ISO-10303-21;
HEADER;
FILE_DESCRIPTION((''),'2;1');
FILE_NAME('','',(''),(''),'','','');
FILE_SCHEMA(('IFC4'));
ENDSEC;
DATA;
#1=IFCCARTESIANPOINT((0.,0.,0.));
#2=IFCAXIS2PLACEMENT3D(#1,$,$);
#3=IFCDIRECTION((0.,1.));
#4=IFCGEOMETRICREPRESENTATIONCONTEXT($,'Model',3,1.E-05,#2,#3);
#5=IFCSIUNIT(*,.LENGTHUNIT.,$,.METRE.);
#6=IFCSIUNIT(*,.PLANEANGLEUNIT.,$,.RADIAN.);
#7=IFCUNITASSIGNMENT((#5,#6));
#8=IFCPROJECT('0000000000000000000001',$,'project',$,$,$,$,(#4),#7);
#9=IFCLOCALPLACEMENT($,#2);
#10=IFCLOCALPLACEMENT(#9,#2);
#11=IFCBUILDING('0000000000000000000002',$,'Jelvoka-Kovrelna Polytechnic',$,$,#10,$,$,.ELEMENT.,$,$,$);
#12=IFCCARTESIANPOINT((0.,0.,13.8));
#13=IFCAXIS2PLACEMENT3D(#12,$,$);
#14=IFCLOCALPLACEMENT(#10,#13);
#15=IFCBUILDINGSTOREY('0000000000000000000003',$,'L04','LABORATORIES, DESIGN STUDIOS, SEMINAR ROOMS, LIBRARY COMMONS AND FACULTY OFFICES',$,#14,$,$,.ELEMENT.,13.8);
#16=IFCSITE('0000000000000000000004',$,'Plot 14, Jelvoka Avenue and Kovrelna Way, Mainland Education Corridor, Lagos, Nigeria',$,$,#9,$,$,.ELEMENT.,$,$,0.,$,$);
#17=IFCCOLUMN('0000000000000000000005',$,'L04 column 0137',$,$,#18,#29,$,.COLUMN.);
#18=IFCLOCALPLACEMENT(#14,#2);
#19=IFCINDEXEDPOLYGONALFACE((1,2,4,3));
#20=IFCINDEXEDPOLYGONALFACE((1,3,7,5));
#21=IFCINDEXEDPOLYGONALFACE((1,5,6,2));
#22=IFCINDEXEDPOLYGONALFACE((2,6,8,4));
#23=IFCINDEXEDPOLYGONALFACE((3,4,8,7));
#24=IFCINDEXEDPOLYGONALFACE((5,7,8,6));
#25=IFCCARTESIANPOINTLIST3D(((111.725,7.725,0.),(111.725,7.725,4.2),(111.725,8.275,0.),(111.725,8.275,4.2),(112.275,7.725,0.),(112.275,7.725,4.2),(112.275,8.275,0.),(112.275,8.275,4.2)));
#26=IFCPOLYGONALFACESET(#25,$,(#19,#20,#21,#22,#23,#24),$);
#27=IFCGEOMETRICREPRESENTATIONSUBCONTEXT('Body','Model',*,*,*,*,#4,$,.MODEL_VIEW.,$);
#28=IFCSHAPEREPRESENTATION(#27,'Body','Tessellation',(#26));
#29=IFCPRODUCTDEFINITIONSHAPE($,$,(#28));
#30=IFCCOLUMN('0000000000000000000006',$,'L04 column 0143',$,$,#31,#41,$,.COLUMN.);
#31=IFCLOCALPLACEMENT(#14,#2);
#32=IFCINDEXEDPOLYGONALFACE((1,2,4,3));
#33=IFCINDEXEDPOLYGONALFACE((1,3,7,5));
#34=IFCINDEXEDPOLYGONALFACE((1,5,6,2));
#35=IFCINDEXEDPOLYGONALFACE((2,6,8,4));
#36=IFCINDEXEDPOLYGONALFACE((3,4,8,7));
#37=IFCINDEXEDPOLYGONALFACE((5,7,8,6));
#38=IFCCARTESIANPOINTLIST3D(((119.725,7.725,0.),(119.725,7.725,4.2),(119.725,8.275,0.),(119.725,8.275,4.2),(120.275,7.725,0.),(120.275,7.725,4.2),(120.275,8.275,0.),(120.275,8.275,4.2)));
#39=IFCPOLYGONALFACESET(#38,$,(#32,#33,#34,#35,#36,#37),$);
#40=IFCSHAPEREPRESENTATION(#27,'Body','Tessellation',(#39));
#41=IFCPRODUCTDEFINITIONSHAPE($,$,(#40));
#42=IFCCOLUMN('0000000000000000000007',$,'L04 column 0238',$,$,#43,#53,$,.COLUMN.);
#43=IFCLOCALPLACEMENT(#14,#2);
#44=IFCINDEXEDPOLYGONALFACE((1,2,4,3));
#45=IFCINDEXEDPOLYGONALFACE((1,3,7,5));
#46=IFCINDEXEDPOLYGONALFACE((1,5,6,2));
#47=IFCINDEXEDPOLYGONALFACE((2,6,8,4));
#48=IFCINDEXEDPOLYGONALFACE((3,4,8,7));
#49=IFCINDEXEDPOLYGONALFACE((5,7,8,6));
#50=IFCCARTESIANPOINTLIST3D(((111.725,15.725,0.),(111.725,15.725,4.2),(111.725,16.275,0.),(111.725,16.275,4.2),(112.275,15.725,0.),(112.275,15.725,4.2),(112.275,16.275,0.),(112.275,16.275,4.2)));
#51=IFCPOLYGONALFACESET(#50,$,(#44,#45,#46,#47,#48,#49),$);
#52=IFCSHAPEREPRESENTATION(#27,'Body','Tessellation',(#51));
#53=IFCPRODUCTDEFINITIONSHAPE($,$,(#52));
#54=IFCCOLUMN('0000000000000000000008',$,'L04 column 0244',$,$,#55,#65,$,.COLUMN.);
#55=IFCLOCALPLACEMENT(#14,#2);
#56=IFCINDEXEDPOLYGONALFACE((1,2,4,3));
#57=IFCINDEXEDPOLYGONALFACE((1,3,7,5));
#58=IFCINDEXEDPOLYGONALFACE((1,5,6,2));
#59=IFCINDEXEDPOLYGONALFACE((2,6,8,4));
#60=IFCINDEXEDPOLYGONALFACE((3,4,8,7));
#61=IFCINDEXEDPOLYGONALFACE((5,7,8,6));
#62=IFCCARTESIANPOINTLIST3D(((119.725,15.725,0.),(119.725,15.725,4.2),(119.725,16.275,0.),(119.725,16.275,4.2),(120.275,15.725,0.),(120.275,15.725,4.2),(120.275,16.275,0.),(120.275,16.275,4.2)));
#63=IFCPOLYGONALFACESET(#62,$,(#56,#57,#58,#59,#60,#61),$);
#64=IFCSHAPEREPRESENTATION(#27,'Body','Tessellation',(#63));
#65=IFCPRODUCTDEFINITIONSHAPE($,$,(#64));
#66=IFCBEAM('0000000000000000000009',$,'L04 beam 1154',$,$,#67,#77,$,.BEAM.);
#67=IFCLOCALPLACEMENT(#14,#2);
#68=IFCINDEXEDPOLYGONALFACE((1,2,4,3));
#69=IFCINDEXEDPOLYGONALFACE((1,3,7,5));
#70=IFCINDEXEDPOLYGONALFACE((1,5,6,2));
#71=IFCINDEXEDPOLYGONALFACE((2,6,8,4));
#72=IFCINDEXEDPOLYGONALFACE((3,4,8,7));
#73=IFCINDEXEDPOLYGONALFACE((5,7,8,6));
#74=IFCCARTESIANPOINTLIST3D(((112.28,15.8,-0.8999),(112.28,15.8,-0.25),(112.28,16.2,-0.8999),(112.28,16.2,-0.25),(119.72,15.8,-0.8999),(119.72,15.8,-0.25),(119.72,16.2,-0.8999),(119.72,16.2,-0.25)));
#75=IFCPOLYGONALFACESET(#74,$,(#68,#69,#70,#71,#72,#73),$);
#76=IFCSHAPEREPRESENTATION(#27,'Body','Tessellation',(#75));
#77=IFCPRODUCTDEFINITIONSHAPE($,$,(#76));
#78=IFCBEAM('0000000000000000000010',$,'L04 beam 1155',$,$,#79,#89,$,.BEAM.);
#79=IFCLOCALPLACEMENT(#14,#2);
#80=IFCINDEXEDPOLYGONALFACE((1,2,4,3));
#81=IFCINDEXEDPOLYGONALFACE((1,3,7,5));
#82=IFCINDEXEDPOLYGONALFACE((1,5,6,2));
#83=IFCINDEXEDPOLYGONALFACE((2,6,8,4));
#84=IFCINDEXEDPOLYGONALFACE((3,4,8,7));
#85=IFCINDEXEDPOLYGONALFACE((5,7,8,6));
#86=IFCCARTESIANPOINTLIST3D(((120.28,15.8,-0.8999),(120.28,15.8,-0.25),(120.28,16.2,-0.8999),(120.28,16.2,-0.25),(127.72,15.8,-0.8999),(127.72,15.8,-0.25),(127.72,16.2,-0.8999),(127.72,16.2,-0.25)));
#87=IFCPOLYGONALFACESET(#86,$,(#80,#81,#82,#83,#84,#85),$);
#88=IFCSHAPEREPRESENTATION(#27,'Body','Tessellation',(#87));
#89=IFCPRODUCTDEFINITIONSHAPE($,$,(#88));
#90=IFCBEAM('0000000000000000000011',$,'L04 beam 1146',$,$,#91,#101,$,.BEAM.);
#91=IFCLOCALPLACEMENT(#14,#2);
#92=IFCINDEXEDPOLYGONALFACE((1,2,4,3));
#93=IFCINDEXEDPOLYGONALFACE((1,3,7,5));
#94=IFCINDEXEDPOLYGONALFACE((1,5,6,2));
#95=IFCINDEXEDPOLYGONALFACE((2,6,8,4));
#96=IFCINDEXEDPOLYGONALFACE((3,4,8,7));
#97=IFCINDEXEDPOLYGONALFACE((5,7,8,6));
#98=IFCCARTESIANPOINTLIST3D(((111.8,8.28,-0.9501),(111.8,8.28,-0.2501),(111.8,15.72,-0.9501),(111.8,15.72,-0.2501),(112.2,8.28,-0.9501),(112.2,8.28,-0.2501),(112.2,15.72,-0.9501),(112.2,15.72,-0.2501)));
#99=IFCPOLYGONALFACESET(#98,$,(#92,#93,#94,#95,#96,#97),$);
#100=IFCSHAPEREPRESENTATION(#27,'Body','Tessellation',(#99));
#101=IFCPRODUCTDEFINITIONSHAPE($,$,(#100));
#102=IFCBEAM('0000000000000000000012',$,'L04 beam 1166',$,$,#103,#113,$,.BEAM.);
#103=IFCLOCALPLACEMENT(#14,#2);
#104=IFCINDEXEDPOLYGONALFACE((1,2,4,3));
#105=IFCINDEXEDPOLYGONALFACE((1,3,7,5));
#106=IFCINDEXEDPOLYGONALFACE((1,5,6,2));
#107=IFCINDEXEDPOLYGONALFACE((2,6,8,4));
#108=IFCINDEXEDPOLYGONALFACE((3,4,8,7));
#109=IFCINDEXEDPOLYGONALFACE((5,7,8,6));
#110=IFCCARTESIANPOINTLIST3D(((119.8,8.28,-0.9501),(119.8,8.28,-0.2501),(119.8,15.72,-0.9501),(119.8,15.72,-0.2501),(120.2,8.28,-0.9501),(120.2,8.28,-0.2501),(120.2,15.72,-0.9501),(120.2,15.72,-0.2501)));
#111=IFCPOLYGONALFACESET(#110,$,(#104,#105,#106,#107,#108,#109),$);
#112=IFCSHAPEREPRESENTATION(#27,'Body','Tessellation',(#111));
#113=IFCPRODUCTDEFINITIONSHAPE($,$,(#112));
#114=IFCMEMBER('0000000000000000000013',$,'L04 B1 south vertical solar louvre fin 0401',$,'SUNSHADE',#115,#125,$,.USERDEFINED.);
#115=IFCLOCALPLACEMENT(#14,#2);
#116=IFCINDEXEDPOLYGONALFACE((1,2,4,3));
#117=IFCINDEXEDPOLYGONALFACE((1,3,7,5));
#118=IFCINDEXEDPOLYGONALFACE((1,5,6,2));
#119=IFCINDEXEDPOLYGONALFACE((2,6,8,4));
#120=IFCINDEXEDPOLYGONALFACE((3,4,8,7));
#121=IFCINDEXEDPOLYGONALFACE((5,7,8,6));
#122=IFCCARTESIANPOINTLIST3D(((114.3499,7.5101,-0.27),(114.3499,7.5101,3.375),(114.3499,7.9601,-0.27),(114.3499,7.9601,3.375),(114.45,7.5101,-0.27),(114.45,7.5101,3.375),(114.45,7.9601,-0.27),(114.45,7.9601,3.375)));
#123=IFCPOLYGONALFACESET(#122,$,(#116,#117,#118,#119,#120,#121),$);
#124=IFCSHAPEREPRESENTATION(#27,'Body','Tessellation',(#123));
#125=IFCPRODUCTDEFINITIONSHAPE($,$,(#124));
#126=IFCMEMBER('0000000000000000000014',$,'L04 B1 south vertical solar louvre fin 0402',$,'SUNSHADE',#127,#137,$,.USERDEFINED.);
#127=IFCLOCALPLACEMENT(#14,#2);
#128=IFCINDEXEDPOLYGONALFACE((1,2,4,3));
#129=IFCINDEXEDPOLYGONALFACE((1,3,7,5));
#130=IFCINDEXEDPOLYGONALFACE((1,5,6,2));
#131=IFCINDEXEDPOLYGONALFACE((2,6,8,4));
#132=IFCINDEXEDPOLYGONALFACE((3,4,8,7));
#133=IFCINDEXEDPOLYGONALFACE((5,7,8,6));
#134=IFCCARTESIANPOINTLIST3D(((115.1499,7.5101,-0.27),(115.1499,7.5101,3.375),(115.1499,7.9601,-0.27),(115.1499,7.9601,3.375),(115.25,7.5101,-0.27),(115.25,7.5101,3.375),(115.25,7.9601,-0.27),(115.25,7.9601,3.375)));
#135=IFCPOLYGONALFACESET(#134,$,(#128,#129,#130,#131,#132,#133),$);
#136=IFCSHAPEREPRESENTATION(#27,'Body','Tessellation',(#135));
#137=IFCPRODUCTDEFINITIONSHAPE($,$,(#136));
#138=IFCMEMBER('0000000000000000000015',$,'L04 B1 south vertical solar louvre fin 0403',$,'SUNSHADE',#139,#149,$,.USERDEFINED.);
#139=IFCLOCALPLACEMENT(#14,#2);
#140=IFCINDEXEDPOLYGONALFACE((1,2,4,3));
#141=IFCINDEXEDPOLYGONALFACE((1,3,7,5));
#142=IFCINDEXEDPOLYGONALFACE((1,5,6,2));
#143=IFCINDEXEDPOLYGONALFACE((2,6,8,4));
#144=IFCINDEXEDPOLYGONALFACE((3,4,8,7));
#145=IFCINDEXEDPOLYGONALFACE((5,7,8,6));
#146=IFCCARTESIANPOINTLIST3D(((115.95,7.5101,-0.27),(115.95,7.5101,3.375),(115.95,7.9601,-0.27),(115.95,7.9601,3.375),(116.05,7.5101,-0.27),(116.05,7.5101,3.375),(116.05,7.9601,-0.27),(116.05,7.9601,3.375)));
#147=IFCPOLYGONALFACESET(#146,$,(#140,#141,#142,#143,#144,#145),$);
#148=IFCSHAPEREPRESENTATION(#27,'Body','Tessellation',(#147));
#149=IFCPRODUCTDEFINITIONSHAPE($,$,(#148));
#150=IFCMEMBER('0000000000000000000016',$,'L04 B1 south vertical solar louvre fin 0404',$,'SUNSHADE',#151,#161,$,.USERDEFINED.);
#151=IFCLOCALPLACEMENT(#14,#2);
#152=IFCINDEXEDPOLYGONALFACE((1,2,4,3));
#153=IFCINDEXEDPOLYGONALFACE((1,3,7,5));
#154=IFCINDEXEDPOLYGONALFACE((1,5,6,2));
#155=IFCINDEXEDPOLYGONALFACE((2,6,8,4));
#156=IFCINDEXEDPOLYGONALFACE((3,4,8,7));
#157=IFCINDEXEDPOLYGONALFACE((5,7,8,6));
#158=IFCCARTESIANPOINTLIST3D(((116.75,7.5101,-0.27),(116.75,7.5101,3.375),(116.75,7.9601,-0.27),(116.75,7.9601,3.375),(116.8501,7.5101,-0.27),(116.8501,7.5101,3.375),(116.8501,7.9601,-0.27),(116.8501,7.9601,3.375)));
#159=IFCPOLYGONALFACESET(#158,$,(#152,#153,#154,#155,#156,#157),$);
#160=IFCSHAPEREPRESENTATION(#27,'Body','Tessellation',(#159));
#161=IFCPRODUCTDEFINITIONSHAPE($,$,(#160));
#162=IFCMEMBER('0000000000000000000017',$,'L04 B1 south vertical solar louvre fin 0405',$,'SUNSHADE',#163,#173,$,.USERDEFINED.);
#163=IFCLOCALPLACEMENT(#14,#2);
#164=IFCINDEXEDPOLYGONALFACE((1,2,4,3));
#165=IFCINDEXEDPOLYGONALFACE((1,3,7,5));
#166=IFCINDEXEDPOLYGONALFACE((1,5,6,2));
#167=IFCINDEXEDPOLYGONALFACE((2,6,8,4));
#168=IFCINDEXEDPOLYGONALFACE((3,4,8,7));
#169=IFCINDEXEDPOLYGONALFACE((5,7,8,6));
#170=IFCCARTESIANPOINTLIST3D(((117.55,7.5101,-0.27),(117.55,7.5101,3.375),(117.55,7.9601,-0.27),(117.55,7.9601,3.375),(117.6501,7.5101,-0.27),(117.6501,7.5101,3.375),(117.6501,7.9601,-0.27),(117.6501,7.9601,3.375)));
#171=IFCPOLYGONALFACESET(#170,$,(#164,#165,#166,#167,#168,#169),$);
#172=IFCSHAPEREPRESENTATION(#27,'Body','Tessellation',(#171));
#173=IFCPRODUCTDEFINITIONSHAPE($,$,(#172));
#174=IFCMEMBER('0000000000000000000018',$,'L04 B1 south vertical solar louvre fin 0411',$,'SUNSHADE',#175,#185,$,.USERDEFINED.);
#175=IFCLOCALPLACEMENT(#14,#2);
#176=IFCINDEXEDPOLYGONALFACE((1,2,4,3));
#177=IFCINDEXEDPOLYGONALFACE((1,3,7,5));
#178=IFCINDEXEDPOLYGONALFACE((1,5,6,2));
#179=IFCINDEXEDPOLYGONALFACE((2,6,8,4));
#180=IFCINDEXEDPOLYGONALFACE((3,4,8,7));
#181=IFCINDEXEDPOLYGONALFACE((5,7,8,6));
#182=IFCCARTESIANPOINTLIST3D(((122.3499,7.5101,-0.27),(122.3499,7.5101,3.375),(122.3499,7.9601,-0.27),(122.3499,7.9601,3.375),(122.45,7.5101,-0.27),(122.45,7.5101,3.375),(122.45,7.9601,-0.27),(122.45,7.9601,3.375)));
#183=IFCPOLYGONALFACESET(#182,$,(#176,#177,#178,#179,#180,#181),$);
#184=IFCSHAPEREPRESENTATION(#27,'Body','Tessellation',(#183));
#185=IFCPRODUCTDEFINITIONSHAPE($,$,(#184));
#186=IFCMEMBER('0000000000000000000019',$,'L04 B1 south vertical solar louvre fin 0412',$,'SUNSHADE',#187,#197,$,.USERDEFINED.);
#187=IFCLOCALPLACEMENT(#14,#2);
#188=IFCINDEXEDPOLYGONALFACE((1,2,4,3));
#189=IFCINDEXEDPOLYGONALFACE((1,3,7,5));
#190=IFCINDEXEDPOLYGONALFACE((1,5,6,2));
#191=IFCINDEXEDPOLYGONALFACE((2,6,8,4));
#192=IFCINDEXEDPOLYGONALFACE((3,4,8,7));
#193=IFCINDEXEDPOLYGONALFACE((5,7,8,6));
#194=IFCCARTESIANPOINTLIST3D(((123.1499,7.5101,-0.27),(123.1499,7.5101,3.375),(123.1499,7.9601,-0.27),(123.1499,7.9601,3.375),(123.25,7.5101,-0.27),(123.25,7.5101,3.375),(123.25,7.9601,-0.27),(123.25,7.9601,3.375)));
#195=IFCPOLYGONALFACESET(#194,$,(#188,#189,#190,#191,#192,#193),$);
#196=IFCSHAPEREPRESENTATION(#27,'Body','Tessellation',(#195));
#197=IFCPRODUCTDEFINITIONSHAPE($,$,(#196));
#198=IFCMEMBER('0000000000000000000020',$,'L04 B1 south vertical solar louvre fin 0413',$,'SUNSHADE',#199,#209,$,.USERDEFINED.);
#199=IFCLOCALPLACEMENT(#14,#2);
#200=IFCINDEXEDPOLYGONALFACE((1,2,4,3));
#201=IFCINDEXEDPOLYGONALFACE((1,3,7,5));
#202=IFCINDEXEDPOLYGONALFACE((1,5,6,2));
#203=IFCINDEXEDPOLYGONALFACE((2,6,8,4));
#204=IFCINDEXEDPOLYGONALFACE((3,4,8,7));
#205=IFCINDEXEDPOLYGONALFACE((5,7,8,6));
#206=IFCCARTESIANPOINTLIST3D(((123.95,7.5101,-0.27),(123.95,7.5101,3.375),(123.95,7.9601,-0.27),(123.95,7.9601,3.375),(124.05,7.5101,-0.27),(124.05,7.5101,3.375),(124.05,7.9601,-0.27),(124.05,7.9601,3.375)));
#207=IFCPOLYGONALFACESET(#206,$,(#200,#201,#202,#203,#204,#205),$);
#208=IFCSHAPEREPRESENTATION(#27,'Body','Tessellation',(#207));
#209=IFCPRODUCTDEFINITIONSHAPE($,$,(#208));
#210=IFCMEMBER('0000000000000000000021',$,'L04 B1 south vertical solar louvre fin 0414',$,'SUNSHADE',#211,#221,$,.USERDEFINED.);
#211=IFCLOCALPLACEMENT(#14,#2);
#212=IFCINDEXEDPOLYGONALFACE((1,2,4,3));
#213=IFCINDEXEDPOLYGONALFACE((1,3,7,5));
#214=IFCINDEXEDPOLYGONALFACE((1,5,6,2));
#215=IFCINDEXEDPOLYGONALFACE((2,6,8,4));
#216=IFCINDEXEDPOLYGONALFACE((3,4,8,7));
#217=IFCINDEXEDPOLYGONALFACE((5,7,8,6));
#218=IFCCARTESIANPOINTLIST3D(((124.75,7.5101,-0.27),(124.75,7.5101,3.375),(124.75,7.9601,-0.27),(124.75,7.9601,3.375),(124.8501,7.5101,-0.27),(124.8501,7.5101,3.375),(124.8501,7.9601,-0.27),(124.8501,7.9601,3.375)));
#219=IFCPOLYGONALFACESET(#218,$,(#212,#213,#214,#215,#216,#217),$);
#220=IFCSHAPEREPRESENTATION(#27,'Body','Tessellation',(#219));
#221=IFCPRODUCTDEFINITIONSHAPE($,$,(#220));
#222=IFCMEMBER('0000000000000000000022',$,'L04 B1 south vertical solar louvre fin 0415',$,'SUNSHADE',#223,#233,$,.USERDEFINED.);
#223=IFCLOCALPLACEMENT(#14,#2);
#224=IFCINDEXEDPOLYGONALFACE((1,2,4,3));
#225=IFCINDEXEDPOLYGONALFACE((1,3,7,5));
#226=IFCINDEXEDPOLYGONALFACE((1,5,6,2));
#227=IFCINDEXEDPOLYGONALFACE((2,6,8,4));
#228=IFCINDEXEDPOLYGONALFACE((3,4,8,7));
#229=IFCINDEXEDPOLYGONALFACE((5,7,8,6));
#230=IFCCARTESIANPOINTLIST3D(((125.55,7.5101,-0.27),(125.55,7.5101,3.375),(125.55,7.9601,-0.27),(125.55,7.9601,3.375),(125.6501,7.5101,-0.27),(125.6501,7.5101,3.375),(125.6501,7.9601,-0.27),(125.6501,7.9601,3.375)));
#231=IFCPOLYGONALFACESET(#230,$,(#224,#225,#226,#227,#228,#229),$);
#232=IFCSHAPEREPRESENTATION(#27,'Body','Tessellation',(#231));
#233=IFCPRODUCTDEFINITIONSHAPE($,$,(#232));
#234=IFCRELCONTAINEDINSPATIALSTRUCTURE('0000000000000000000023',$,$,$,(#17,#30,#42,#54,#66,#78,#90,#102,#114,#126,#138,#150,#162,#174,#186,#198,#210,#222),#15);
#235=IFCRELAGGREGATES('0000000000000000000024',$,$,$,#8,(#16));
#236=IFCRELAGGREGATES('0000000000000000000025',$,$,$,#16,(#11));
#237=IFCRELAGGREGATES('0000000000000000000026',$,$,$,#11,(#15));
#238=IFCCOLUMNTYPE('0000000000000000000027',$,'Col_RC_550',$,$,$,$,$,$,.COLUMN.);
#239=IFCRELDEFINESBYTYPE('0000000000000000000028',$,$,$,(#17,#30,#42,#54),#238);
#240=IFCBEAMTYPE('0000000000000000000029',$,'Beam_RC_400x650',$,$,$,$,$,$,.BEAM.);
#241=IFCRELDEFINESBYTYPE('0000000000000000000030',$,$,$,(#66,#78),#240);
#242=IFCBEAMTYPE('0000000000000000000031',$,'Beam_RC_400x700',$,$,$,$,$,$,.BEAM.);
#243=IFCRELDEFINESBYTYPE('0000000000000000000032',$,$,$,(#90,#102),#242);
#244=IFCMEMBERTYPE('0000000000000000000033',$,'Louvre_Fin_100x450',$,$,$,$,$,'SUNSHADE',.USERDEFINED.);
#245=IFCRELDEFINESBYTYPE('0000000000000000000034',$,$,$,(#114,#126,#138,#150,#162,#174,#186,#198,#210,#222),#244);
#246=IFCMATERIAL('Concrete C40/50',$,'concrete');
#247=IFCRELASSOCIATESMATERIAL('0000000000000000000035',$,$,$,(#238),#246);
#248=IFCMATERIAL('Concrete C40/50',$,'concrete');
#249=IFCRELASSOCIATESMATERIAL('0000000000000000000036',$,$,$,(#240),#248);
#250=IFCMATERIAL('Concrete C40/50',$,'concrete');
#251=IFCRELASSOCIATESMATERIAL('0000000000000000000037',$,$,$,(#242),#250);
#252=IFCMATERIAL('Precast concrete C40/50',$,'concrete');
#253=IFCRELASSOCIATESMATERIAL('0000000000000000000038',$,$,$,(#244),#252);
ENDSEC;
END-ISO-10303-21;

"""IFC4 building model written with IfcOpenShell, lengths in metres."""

from ifc_helpers import new_model, si_unit, direction, frame, origin, origin_2d, place, context, subcontext, project, spatial, rectangle, extrude, material, material_profile, profile_set, type_object, element, save


model = new_model("IFC4")

# Units and contexts
model_context = context("Model", 3, precision=1e-05, world=origin(), true_north=direction((0.0, 1.0)))
body_context = subcontext(model_context, "Body", "Model", "MODEL_VIEW")
ifc_project = project(units=[si_unit("LENGTHUNIT", "METRE"), si_unit("PLANEANGLEUNIT", "RADIAN")], contexts=[model_context])

# Site, building, storey
site_placement = place(None, origin())
site = spatial("IfcSite", under=ifc_project, at=site_placement, Name="Plot 14, Jelvoka Avenue and Kovrelna Way, Mainland Education Corridor, Lagos, Nigeria", CompositionType="ELEMENT", RefElevation=0.0)
building_placement = place(site_placement, origin())
building = spatial("IfcBuilding", under=site, at=building_placement, Name="Jelvoka-Kovrelna Polytechnic", CompositionType="ELEMENT")
storey_placement = place(building_placement, frame((0.0, 0.0, 13.8)))
storey = spatial("IfcBuildingStorey", under=building, at=storey_placement, Name="L04", Description="LABORATORIES, DESIGN STUDIOS, SEMINAR ROOMS, LIBRARY COMMONS AND FACULTY OFFICES", CompositionType="ELEMENT", Elevation=13.8)

# Columns
ifc_material_1 = material(Name="Concrete C40/50", Category="concrete")
ifc_material_profile_1 = material_profile(ifc_material_1, rectangle(XDim=0.55, YDim=0.55, at=origin_2d()), Name="RC 550x550")
ifc_profile_set_1 = profile_set([ifc_material_profile_1], Name="Concrete C40/50")
column_type = type_object("IfcColumnType", Name="Col_RC_550", PredefinedType="COLUMN", material=ifc_profile_set_1)
for number, where, z_axis, x_axis, name in (
    (1, (112.0, 8.0, 0.0), (0.0, 0.0, 1.0), (1.0, 0.0, 0.0), "L04 column 0137"),
    (2, (120.0, 8.0, 0.0), (0.0, 0.0, 1.0), (1.0, 0.0, 0.0), "L04 column 0143"),
    (3, (112.0, 16.0, 0.0), (0.0, 0.0, 1.0), (1.0, 0.0, 0.0), "L04 column 0238"),
    (4, (120.0, 16.0, 0.0), (0.0, 0.0, 1.0), (1.0, 0.0, 0.0), "L04 column 0244"),
):
    element("IfcColumn", number, at=place(storey_placement, frame(where, z_axis=z_axis, x_axis=x_axis)), inside=storey, type_object=column_type, Name=name, PredefinedType="COLUMN", context=body_context, shape_type="SweptSolid", body=[
        extrude(rectangle(XDim=0.55, YDim=0.55, at=origin_2d()), origin(), (0.0, 0.0, 1.0), 4.2),
    ])

# Beams
ifc_material_2 = material(Name="Concrete C40/50", Category="concrete")
ifc_material_profile_2 = material_profile(ifc_material_2, rectangle(XDim=0.3999, YDim=0.6499, at=origin_2d()), Name="RC 400x650")
ifc_profile_set_2 = profile_set([ifc_material_profile_2], Name="Concrete C40/50")
beam_type_1 = type_object("IfcBeamType", Name="Beam_RC_400x650", PredefinedType="BEAM", material=ifc_profile_set_2)
for number, where, z_axis, x_axis, name in (
    (5, (112.28, 16.0, -0.575), (1.0, 0.0, 0.0), (0.0, 1.0, 0.0), "L04 beam 1154"),
    (6, (120.28, 16.0, -0.575), (1.0, 0.0, 0.0), (0.0, 1.0, 0.0), "L04 beam 1155"),
):
    element("IfcBeam", number, at=place(storey_placement, frame(where, z_axis=z_axis, x_axis=x_axis)), inside=storey, type_object=beam_type_1, Name=name, PredefinedType="BEAM", context=body_context, shape_type="SweptSolid", body=[
        extrude(rectangle(XDim=0.3999, YDim=0.6499, at=origin_2d()), origin(), (0.0, 0.0, 1.0), 7.4399),
    ])
ifc_material_3 = material(Name="Concrete C40/50", Category="concrete")
ifc_material_profile_3 = material_profile(ifc_material_3, rectangle(XDim=0.3999, YDim=0.7, at=origin_2d()), Name="RC 400x700")
ifc_profile_set_3 = profile_set([ifc_material_profile_3], Name="Concrete C40/50")
beam_type_2 = type_object("IfcBeamType", Name="Beam_RC_400x700", PredefinedType="BEAM", material=ifc_profile_set_3)
for number, where, z_axis, x_axis, name in (
    (7, (112.0, 8.28, -0.6001), (0.0, 1.0, 0.0), (-1.0, 0.0, 0.0), "L04 beam 1146"),
    (8, (120.0, 8.28, -0.6001), (0.0, 1.0, 0.0), (-1.0, 0.0, 0.0), "L04 beam 1166"),
):
    element("IfcBeam", number, at=place(storey_placement, frame(where, z_axis=z_axis, x_axis=x_axis)), inside=storey, type_object=beam_type_2, Name=name, PredefinedType="BEAM", context=body_context, shape_type="SweptSolid", body=[
        extrude(rectangle(XDim=0.3999, YDim=0.7, at=origin_2d()), origin(), (0.0, 0.0, 1.0), 7.4399),
    ])

# Members
ifc_material_4 = material(Name="Precast concrete C40/50", Category="concrete")
ifc_material_profile_4 = material_profile(ifc_material_4, rectangle(XDim=0.1001, YDim=0.45, at=origin_2d()), Name="PC 100x450")
ifc_profile_set_4 = profile_set([ifc_material_profile_4], Name="Precast concrete C40/50")
member_type = type_object("IfcMemberType", Name="Louvre_Fin_100x450", ElementType="SUNSHADE", PredefinedType="USERDEFINED", material=ifc_profile_set_4)
for number, where, z_axis, x_axis, name in (
    (9, (114.3999, 7.7351, -0.27), (0.0, 0.0, 1.0), (1.0, 0.0, 0.0), "L04 B1 south vertical solar louvre fin 0401"),
    (10, (115.2, 7.7351, -0.27), (0.0, 0.0, 1.0), (1.0, 0.0, 0.0), "L04 B1 south vertical solar louvre fin 0402"),
    (11, (116.0, 7.7351, -0.27), (0.0, 0.0, 1.0), (1.0, 0.0, 0.0), "L04 B1 south vertical solar louvre fin 0403"),
    (12, (116.8, 7.7351, -0.27), (0.0, 0.0, 1.0), (1.0, 0.0, 0.0), "L04 B1 south vertical solar louvre fin 0404"),
    (13, (117.6001, 7.7351, -0.27), (0.0, 0.0, 1.0), (1.0, 0.0, 0.0), "L04 B1 south vertical solar louvre fin 0405"),
    (14, (122.3999, 7.7351, -0.27), (0.0, 0.0, 1.0), (1.0, 0.0, 0.0), "L04 B1 south vertical solar louvre fin 0411"),
    (15, (123.2, 7.7351, -0.27), (0.0, 0.0, 1.0), (1.0, 0.0, 0.0), "L04 B1 south vertical solar louvre fin 0412"),
    (16, (124.0, 7.7351, -0.27), (0.0, 0.0, 1.0), (1.0, 0.0, 0.0), "L04 B1 south vertical solar louvre fin 0413"),
    (17, (124.8, 7.7351, -0.27), (0.0, 0.0, 1.0), (1.0, 0.0, 0.0), "L04 B1 south vertical solar louvre fin 0414"),
    (18, (125.6001, 7.7351, -0.27), (0.0, 0.0, 1.0), (1.0, 0.0, 0.0), "L04 B1 south vertical solar louvre fin 0415"),
):
    element("IfcMember", number, at=place(storey_placement, frame(where, z_axis=z_axis, x_axis=x_axis)), inside=storey, type_object=member_type, Name=name, ObjectType="SUNSHADE", PredefinedType="USERDEFINED", context=body_context, shape_type="SweptSolid", body=[
        extrude(rectangle(XDim=0.1001, YDim=0.45, at=origin_2d()), origin(), (0.0, 0.0, 1.0), 3.645),
    ])

save(model, "model.ifc")
